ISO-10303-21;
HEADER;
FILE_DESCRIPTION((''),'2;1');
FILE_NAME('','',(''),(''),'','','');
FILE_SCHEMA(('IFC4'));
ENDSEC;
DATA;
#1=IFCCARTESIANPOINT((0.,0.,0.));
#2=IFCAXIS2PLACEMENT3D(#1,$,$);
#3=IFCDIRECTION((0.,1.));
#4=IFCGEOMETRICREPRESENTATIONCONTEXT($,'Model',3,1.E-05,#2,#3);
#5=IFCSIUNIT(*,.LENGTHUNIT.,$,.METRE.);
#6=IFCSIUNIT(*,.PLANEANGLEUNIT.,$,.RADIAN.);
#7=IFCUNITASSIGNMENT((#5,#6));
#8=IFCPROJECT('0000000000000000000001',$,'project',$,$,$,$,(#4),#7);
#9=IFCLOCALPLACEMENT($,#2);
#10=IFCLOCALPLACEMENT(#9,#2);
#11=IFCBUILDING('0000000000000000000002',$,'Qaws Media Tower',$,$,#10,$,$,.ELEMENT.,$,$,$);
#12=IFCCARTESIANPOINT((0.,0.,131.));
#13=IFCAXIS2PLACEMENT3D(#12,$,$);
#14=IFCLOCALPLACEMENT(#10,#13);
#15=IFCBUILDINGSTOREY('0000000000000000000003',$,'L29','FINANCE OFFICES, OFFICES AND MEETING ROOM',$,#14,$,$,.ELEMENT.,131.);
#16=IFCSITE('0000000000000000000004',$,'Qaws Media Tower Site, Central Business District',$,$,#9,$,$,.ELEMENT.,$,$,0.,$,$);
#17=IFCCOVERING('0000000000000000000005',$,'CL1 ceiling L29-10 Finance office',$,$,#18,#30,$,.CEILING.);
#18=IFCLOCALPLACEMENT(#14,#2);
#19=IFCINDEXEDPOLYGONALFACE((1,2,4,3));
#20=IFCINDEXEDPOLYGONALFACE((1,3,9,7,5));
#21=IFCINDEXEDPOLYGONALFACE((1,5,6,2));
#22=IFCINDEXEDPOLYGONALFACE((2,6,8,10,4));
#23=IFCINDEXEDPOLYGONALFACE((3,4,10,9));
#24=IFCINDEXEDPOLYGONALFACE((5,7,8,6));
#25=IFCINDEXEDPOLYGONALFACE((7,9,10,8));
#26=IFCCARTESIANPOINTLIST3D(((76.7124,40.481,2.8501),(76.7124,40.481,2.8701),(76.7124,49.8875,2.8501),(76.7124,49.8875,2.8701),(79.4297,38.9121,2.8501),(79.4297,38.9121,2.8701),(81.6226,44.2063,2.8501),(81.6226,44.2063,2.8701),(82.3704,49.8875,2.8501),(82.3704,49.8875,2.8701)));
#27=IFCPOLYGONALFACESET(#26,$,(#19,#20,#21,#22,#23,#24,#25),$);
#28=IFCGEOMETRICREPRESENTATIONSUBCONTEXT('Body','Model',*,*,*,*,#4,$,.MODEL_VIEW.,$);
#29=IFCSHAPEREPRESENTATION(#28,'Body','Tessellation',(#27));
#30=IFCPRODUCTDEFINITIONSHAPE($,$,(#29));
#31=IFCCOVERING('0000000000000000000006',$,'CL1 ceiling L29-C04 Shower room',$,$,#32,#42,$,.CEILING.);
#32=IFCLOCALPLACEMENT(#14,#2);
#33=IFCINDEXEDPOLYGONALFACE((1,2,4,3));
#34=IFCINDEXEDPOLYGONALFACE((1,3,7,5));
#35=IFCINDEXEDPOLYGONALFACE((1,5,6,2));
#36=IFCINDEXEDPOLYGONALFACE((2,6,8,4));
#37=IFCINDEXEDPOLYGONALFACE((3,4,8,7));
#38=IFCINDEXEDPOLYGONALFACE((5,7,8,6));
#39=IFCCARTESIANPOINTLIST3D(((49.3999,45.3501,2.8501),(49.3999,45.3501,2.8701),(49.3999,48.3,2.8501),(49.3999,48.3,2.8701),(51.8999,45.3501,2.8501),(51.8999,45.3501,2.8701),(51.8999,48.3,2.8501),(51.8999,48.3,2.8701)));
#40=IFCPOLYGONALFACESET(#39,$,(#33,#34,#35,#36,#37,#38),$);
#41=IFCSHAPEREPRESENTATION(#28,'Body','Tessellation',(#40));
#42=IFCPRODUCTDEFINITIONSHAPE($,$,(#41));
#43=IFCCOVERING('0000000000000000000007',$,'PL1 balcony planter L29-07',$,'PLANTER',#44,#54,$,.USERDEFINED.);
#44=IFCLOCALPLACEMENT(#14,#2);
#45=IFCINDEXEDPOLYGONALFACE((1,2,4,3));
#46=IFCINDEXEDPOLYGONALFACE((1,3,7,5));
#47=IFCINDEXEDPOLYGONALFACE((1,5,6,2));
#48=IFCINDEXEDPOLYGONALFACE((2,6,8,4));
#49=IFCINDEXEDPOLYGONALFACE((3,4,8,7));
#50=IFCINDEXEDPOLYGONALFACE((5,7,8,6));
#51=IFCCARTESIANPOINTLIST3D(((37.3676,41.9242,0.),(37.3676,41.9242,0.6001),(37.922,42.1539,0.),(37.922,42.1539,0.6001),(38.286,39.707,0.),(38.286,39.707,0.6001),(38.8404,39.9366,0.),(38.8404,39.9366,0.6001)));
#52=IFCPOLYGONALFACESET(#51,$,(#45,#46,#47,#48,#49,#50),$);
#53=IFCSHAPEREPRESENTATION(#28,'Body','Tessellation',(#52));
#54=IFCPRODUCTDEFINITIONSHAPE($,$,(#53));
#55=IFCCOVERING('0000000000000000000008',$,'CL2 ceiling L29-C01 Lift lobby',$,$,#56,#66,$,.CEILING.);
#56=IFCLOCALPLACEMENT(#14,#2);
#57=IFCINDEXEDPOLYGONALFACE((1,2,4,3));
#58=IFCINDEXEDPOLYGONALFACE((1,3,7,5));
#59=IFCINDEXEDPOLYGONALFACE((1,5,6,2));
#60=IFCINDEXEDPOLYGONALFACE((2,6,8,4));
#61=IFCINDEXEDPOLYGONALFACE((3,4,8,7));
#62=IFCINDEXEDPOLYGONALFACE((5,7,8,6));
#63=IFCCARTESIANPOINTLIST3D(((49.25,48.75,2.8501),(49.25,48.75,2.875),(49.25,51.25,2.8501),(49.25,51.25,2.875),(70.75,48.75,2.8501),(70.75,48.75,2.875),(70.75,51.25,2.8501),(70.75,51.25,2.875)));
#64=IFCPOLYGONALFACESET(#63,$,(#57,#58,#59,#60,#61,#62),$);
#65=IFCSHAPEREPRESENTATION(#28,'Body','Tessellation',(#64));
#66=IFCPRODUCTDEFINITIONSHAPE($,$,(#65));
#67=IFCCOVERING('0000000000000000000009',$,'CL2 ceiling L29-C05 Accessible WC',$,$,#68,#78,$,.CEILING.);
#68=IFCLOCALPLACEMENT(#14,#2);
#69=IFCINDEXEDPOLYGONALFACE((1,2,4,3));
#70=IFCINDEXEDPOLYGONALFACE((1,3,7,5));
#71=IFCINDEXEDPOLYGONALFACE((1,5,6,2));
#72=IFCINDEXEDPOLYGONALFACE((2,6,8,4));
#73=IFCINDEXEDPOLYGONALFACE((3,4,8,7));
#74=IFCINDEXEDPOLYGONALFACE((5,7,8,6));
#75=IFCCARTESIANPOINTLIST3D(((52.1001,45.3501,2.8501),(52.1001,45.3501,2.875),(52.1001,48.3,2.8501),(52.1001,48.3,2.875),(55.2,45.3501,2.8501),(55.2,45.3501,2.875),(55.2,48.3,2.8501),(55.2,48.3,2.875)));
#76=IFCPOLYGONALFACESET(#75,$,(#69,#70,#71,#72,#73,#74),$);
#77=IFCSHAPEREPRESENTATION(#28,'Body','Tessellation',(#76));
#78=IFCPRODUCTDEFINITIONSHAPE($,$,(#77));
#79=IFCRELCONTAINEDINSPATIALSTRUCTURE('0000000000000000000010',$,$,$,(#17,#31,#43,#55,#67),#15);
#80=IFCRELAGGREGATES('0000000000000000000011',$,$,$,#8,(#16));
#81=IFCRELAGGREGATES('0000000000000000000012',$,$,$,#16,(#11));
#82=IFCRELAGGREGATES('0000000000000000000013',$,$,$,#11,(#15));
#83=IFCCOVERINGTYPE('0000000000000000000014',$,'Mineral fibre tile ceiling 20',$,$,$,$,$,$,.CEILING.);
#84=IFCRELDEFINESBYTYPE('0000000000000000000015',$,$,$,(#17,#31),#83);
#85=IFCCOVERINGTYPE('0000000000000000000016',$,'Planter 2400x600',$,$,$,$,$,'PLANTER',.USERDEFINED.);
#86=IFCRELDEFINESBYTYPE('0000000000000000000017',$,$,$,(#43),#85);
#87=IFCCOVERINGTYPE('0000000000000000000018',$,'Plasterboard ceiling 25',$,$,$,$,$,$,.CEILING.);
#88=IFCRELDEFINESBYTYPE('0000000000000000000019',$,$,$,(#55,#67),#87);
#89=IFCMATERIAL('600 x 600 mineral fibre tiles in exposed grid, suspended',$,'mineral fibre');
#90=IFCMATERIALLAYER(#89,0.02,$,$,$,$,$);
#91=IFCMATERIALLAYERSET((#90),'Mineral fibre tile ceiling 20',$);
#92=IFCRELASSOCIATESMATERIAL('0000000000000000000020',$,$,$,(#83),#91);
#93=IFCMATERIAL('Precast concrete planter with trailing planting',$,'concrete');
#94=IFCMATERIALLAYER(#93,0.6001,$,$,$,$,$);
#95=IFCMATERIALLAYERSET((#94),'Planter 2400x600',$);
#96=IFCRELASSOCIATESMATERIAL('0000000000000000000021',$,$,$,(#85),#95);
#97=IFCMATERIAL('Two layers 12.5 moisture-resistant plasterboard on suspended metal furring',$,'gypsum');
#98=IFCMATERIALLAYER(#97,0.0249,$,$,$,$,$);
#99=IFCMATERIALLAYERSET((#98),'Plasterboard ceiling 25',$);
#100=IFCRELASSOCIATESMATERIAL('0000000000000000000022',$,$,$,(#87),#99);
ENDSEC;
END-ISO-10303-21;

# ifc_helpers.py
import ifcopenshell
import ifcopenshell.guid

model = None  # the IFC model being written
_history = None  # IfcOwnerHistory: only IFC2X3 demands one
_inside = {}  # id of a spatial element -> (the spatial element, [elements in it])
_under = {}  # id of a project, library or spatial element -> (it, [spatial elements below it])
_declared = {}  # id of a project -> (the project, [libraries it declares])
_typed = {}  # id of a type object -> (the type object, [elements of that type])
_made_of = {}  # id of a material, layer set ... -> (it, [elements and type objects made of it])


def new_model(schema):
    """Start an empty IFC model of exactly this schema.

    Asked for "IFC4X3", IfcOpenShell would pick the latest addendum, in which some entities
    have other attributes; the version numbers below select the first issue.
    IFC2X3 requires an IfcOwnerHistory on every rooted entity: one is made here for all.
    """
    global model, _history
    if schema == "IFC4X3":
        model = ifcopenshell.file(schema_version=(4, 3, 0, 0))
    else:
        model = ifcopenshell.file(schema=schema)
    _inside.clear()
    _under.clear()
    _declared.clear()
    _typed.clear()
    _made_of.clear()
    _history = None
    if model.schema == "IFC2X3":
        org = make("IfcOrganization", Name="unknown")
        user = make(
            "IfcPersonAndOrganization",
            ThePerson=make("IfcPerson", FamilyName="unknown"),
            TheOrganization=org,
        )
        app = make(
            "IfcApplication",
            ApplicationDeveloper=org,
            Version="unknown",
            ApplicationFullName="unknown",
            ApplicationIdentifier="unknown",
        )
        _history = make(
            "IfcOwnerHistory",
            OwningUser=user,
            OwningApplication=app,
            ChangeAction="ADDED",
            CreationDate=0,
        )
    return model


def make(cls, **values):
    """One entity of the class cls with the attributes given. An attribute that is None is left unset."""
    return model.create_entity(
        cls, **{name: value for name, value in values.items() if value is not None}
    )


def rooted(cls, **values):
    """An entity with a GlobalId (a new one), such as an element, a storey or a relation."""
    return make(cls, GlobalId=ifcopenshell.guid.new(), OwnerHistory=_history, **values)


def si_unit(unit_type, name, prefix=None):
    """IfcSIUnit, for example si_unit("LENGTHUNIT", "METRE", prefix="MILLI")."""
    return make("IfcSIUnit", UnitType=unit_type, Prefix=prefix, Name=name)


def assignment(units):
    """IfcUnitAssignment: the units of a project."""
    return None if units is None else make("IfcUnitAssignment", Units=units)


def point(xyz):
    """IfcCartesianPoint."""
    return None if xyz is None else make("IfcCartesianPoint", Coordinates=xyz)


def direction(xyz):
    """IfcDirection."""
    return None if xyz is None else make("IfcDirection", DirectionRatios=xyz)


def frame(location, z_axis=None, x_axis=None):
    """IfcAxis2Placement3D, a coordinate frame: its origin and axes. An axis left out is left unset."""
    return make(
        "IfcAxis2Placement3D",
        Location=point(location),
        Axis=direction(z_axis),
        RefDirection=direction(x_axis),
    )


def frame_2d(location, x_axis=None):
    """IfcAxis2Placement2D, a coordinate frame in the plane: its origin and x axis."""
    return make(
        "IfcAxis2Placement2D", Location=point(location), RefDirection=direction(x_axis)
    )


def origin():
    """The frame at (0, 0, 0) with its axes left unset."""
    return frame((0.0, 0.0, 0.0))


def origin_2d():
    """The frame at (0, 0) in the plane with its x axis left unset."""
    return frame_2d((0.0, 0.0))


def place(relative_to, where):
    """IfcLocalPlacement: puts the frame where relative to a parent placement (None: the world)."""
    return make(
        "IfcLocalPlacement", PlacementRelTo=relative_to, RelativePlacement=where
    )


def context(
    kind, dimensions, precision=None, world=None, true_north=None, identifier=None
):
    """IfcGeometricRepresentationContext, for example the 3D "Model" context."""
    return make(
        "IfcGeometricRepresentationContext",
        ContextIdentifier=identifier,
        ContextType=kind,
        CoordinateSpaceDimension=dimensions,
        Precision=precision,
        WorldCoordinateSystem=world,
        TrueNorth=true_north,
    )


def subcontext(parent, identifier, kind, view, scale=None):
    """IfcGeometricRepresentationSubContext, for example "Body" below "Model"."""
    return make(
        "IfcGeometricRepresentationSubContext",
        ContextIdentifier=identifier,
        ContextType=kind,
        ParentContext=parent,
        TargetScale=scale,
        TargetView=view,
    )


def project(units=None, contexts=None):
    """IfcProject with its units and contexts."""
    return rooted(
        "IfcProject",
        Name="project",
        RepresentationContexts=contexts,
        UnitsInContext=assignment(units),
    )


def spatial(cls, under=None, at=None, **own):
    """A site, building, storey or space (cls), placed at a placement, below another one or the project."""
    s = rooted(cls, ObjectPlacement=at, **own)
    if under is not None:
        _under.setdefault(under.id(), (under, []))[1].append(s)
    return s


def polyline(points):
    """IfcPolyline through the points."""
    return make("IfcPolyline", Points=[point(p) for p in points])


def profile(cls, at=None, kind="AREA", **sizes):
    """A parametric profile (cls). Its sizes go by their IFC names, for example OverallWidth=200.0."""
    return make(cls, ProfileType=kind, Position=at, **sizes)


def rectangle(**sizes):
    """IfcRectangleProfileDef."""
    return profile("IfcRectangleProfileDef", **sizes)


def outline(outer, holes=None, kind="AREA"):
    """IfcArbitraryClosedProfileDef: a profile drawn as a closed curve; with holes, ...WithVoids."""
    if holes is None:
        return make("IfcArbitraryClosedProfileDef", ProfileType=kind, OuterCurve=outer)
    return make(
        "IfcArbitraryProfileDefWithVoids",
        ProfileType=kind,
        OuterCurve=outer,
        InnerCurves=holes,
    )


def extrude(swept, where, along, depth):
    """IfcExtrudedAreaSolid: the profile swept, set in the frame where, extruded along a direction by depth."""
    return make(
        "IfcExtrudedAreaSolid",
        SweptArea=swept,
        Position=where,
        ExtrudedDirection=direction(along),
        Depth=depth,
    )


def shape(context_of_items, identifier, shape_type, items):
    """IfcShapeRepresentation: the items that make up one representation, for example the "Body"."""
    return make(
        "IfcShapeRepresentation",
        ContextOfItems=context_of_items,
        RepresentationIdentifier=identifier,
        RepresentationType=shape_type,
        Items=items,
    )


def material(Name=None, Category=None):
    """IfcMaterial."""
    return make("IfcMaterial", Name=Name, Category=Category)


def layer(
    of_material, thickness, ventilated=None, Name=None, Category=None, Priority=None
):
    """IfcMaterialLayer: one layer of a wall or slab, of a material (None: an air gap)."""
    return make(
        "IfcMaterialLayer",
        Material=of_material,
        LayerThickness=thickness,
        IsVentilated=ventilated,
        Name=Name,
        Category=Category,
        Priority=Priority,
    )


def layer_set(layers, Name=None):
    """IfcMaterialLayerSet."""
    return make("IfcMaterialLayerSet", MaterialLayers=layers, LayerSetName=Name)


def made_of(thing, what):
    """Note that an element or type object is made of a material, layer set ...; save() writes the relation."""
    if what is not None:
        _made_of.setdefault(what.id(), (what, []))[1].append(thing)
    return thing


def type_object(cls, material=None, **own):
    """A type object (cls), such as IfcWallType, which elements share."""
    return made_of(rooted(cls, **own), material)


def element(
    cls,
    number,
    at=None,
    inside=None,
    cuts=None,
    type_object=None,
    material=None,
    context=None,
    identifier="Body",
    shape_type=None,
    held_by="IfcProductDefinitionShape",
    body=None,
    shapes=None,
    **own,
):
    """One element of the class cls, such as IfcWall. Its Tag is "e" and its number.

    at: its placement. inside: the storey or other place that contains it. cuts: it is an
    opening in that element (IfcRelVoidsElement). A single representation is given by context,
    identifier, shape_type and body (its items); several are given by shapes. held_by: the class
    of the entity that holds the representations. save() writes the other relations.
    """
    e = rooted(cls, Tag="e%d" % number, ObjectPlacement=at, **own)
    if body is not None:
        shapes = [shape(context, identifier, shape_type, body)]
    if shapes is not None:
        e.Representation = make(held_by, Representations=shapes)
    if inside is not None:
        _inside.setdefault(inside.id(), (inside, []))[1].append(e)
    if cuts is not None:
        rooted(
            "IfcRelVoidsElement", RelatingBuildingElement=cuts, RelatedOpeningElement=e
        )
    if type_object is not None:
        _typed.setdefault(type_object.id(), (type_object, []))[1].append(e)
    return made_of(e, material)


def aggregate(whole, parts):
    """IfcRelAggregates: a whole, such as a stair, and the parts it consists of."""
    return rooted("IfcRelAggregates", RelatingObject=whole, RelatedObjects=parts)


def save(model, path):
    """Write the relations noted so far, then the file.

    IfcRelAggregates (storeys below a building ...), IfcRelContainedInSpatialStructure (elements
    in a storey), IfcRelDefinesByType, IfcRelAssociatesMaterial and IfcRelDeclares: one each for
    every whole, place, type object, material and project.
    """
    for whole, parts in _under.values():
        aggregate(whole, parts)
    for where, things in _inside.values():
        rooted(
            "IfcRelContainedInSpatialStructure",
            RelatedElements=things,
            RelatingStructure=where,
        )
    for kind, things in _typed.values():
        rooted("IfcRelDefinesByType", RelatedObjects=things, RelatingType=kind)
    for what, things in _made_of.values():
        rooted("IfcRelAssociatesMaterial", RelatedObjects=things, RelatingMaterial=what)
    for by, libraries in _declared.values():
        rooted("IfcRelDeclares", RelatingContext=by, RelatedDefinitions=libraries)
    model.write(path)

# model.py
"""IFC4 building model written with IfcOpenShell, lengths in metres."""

from ifc_helpers import new_model, si_unit, direction, frame, origin, origin_2d, place, context, subcontext, project, spatial, polyline, rectangle, outline, extrude, material, layer, layer_set, type_object, element, save


model = new_model("IFC4")

# Units and contexts
model_context = context("Model", 3, precision=1e-05, world=origin(), true_north=direction((0.0, 1.0)))
body_context = subcontext(model_context, "Body", "Model", "MODEL_VIEW")
ifc_project = project(units=[si_unit("LENGTHUNIT", "METRE"), si_unit("PLANEANGLEUNIT", "RADIAN")], contexts=[model_context])

# Site, building, storey
site_placement = place(None, origin())
site = spatial("IfcSite", under=ifc_project, at=site_placement, Name="Qaws Media Tower Site, Central Business District", CompositionType="ELEMENT", RefElevation=0.0)
building_placement = place(site_placement, origin())
building = spatial("IfcBuilding", under=site, at=building_placement, Name="Qaws Media Tower", CompositionType="ELEMENT")
storey_placement = place(building_placement, frame((0.0, 0.0, 131.0)))
storey = spatial("IfcBuildingStorey", under=building, at=storey_placement, Name="L29", Description="FINANCE OFFICES, OFFICES AND MEETING ROOM", CompositionType="ELEMENT", Elevation=131.0)

# Coverings
ifc_material_1 = material(Name="600 x 600 mineral fibre tiles in exposed grid, suspended", Category="mineral fibre")
ifc_layer_1 = layer(ifc_material_1, 0.02)
ifc_layer_set_1 = layer_set([ifc_layer_1], Name="Mineral fibre tile ceiling 20")
covering_type_1 = type_object("IfcCoveringType", Name="Mineral fibre tile ceiling 20", PredefinedType="CEILING", material=ifc_layer_set_1)
covering_1_placement = place(storey_placement, frame((0.0, 0.0, 2.8501)))
element("IfcCovering", 1, at=covering_1_placement, inside=storey, type_object=covering_type_1, Name="CL1 ceiling L29-10 Finance office", PredefinedType="CEILING", context=body_context, shape_type="SweptSolid", body=[
    extrude(outline(polyline([(81.6226, 44.2063), (79.4297, 38.9121), (76.7124, 40.481), (76.7124, 49.8875), (82.3704, 49.8875), (81.6226, 44.2063)])), origin(), (0.0, 0.0, 1.0), 0.02),
])
covering_2_placement = place(storey_placement, frame((0.0, 0.0, 2.8501)))
element("IfcCovering", 2, at=covering_2_placement, inside=storey, type_object=covering_type_1, Name="CL1 ceiling L29-C04 Shower room", PredefinedType="CEILING", context=body_context, shape_type="SweptSolid", body=[
    extrude(outline(polyline([(49.3999, 45.3501), (49.3999, 48.3), (51.8999, 48.3), (51.8999, 45.3501), (49.3999, 45.3501)])), origin(), (0.0, 0.0, 1.0), 0.02),
])
ifc_material_2 = material(Name="Precast concrete planter with trailing planting", Category="concrete")
ifc_layer_2 = layer(ifc_material_2, 0.6001)
ifc_layer_set_2 = layer_set([ifc_layer_2], Name="Planter 2400x600")
covering_type_2 = type_object("IfcCoveringType", Name="Planter 2400x600", ElementType="PLANTER", PredefinedType="USERDEFINED", material=ifc_layer_set_2)
covering_3_placement = place(storey_placement, frame((38.104, 40.9304, 0.0), z_axis=(0.0, 0.0, 1.0), x_axis=(0.382683, -0.92388, 0.0)))
element("IfcCovering", 3, at=covering_3_placement, inside=storey, type_object=covering_type_2, Name="PL1 balcony planter L29-07", ObjectType="PLANTER", PredefinedType="USERDEFINED", context=body_context, shape_type="SweptSolid", body=[
    extrude(rectangle(XDim=2.3999, YDim=0.6001, at=origin_2d()), origin(), (0.0, 0.0, 1.0), 0.6001),
])
ifc_material_3 = material(Name="Two layers 12.5 moisture-resistant plasterboard on suspended metal furring", Category="gypsum")
ifc_layer_3 = layer(ifc_material_3, 0.0249)
ifc_layer_set_3 = layer_set([ifc_layer_3], Name="Plasterboard ceiling 25")
covering_type_3 = type_object("IfcCoveringType", Name="Plasterboard ceiling 25", PredefinedType="CEILING", material=ifc_layer_set_3)
covering_4_placement = place(storey_placement, frame((0.0, 0.0, 2.8501)))
element("IfcCovering", 4, at=covering_4_placement, inside=storey, type_object=covering_type_3, Name="CL2 ceiling L29-C01 Lift lobby", PredefinedType="CEILING", context=body_context, shape_type="SweptSolid", body=[
    extrude(outline(polyline([(49.25, 48.75), (49.25, 51.25), (70.75, 51.25), (70.75, 48.75), (49.25, 48.75)])), origin(), (0.0, 0.0, 1.0), 0.0249),
])
covering_5_placement = place(storey_placement, frame((0.0, 0.0, 2.8501)))
element("IfcCovering", 5, at=covering_5_placement, inside=storey, type_object=covering_type_3, Name="CL2 ceiling L29-C05 Accessible WC", PredefinedType="CEILING", context=body_context, shape_type="SweptSolid", body=[
    extrude(outline(polyline([(52.1001, 45.3501), (52.1001, 48.3), (55.2, 48.3), (55.2, 45.3501), (52.1001, 45.3501)])), origin(), (0.0, 0.0, 1.0), 0.0249),
])

save(model, "model.ifc")
